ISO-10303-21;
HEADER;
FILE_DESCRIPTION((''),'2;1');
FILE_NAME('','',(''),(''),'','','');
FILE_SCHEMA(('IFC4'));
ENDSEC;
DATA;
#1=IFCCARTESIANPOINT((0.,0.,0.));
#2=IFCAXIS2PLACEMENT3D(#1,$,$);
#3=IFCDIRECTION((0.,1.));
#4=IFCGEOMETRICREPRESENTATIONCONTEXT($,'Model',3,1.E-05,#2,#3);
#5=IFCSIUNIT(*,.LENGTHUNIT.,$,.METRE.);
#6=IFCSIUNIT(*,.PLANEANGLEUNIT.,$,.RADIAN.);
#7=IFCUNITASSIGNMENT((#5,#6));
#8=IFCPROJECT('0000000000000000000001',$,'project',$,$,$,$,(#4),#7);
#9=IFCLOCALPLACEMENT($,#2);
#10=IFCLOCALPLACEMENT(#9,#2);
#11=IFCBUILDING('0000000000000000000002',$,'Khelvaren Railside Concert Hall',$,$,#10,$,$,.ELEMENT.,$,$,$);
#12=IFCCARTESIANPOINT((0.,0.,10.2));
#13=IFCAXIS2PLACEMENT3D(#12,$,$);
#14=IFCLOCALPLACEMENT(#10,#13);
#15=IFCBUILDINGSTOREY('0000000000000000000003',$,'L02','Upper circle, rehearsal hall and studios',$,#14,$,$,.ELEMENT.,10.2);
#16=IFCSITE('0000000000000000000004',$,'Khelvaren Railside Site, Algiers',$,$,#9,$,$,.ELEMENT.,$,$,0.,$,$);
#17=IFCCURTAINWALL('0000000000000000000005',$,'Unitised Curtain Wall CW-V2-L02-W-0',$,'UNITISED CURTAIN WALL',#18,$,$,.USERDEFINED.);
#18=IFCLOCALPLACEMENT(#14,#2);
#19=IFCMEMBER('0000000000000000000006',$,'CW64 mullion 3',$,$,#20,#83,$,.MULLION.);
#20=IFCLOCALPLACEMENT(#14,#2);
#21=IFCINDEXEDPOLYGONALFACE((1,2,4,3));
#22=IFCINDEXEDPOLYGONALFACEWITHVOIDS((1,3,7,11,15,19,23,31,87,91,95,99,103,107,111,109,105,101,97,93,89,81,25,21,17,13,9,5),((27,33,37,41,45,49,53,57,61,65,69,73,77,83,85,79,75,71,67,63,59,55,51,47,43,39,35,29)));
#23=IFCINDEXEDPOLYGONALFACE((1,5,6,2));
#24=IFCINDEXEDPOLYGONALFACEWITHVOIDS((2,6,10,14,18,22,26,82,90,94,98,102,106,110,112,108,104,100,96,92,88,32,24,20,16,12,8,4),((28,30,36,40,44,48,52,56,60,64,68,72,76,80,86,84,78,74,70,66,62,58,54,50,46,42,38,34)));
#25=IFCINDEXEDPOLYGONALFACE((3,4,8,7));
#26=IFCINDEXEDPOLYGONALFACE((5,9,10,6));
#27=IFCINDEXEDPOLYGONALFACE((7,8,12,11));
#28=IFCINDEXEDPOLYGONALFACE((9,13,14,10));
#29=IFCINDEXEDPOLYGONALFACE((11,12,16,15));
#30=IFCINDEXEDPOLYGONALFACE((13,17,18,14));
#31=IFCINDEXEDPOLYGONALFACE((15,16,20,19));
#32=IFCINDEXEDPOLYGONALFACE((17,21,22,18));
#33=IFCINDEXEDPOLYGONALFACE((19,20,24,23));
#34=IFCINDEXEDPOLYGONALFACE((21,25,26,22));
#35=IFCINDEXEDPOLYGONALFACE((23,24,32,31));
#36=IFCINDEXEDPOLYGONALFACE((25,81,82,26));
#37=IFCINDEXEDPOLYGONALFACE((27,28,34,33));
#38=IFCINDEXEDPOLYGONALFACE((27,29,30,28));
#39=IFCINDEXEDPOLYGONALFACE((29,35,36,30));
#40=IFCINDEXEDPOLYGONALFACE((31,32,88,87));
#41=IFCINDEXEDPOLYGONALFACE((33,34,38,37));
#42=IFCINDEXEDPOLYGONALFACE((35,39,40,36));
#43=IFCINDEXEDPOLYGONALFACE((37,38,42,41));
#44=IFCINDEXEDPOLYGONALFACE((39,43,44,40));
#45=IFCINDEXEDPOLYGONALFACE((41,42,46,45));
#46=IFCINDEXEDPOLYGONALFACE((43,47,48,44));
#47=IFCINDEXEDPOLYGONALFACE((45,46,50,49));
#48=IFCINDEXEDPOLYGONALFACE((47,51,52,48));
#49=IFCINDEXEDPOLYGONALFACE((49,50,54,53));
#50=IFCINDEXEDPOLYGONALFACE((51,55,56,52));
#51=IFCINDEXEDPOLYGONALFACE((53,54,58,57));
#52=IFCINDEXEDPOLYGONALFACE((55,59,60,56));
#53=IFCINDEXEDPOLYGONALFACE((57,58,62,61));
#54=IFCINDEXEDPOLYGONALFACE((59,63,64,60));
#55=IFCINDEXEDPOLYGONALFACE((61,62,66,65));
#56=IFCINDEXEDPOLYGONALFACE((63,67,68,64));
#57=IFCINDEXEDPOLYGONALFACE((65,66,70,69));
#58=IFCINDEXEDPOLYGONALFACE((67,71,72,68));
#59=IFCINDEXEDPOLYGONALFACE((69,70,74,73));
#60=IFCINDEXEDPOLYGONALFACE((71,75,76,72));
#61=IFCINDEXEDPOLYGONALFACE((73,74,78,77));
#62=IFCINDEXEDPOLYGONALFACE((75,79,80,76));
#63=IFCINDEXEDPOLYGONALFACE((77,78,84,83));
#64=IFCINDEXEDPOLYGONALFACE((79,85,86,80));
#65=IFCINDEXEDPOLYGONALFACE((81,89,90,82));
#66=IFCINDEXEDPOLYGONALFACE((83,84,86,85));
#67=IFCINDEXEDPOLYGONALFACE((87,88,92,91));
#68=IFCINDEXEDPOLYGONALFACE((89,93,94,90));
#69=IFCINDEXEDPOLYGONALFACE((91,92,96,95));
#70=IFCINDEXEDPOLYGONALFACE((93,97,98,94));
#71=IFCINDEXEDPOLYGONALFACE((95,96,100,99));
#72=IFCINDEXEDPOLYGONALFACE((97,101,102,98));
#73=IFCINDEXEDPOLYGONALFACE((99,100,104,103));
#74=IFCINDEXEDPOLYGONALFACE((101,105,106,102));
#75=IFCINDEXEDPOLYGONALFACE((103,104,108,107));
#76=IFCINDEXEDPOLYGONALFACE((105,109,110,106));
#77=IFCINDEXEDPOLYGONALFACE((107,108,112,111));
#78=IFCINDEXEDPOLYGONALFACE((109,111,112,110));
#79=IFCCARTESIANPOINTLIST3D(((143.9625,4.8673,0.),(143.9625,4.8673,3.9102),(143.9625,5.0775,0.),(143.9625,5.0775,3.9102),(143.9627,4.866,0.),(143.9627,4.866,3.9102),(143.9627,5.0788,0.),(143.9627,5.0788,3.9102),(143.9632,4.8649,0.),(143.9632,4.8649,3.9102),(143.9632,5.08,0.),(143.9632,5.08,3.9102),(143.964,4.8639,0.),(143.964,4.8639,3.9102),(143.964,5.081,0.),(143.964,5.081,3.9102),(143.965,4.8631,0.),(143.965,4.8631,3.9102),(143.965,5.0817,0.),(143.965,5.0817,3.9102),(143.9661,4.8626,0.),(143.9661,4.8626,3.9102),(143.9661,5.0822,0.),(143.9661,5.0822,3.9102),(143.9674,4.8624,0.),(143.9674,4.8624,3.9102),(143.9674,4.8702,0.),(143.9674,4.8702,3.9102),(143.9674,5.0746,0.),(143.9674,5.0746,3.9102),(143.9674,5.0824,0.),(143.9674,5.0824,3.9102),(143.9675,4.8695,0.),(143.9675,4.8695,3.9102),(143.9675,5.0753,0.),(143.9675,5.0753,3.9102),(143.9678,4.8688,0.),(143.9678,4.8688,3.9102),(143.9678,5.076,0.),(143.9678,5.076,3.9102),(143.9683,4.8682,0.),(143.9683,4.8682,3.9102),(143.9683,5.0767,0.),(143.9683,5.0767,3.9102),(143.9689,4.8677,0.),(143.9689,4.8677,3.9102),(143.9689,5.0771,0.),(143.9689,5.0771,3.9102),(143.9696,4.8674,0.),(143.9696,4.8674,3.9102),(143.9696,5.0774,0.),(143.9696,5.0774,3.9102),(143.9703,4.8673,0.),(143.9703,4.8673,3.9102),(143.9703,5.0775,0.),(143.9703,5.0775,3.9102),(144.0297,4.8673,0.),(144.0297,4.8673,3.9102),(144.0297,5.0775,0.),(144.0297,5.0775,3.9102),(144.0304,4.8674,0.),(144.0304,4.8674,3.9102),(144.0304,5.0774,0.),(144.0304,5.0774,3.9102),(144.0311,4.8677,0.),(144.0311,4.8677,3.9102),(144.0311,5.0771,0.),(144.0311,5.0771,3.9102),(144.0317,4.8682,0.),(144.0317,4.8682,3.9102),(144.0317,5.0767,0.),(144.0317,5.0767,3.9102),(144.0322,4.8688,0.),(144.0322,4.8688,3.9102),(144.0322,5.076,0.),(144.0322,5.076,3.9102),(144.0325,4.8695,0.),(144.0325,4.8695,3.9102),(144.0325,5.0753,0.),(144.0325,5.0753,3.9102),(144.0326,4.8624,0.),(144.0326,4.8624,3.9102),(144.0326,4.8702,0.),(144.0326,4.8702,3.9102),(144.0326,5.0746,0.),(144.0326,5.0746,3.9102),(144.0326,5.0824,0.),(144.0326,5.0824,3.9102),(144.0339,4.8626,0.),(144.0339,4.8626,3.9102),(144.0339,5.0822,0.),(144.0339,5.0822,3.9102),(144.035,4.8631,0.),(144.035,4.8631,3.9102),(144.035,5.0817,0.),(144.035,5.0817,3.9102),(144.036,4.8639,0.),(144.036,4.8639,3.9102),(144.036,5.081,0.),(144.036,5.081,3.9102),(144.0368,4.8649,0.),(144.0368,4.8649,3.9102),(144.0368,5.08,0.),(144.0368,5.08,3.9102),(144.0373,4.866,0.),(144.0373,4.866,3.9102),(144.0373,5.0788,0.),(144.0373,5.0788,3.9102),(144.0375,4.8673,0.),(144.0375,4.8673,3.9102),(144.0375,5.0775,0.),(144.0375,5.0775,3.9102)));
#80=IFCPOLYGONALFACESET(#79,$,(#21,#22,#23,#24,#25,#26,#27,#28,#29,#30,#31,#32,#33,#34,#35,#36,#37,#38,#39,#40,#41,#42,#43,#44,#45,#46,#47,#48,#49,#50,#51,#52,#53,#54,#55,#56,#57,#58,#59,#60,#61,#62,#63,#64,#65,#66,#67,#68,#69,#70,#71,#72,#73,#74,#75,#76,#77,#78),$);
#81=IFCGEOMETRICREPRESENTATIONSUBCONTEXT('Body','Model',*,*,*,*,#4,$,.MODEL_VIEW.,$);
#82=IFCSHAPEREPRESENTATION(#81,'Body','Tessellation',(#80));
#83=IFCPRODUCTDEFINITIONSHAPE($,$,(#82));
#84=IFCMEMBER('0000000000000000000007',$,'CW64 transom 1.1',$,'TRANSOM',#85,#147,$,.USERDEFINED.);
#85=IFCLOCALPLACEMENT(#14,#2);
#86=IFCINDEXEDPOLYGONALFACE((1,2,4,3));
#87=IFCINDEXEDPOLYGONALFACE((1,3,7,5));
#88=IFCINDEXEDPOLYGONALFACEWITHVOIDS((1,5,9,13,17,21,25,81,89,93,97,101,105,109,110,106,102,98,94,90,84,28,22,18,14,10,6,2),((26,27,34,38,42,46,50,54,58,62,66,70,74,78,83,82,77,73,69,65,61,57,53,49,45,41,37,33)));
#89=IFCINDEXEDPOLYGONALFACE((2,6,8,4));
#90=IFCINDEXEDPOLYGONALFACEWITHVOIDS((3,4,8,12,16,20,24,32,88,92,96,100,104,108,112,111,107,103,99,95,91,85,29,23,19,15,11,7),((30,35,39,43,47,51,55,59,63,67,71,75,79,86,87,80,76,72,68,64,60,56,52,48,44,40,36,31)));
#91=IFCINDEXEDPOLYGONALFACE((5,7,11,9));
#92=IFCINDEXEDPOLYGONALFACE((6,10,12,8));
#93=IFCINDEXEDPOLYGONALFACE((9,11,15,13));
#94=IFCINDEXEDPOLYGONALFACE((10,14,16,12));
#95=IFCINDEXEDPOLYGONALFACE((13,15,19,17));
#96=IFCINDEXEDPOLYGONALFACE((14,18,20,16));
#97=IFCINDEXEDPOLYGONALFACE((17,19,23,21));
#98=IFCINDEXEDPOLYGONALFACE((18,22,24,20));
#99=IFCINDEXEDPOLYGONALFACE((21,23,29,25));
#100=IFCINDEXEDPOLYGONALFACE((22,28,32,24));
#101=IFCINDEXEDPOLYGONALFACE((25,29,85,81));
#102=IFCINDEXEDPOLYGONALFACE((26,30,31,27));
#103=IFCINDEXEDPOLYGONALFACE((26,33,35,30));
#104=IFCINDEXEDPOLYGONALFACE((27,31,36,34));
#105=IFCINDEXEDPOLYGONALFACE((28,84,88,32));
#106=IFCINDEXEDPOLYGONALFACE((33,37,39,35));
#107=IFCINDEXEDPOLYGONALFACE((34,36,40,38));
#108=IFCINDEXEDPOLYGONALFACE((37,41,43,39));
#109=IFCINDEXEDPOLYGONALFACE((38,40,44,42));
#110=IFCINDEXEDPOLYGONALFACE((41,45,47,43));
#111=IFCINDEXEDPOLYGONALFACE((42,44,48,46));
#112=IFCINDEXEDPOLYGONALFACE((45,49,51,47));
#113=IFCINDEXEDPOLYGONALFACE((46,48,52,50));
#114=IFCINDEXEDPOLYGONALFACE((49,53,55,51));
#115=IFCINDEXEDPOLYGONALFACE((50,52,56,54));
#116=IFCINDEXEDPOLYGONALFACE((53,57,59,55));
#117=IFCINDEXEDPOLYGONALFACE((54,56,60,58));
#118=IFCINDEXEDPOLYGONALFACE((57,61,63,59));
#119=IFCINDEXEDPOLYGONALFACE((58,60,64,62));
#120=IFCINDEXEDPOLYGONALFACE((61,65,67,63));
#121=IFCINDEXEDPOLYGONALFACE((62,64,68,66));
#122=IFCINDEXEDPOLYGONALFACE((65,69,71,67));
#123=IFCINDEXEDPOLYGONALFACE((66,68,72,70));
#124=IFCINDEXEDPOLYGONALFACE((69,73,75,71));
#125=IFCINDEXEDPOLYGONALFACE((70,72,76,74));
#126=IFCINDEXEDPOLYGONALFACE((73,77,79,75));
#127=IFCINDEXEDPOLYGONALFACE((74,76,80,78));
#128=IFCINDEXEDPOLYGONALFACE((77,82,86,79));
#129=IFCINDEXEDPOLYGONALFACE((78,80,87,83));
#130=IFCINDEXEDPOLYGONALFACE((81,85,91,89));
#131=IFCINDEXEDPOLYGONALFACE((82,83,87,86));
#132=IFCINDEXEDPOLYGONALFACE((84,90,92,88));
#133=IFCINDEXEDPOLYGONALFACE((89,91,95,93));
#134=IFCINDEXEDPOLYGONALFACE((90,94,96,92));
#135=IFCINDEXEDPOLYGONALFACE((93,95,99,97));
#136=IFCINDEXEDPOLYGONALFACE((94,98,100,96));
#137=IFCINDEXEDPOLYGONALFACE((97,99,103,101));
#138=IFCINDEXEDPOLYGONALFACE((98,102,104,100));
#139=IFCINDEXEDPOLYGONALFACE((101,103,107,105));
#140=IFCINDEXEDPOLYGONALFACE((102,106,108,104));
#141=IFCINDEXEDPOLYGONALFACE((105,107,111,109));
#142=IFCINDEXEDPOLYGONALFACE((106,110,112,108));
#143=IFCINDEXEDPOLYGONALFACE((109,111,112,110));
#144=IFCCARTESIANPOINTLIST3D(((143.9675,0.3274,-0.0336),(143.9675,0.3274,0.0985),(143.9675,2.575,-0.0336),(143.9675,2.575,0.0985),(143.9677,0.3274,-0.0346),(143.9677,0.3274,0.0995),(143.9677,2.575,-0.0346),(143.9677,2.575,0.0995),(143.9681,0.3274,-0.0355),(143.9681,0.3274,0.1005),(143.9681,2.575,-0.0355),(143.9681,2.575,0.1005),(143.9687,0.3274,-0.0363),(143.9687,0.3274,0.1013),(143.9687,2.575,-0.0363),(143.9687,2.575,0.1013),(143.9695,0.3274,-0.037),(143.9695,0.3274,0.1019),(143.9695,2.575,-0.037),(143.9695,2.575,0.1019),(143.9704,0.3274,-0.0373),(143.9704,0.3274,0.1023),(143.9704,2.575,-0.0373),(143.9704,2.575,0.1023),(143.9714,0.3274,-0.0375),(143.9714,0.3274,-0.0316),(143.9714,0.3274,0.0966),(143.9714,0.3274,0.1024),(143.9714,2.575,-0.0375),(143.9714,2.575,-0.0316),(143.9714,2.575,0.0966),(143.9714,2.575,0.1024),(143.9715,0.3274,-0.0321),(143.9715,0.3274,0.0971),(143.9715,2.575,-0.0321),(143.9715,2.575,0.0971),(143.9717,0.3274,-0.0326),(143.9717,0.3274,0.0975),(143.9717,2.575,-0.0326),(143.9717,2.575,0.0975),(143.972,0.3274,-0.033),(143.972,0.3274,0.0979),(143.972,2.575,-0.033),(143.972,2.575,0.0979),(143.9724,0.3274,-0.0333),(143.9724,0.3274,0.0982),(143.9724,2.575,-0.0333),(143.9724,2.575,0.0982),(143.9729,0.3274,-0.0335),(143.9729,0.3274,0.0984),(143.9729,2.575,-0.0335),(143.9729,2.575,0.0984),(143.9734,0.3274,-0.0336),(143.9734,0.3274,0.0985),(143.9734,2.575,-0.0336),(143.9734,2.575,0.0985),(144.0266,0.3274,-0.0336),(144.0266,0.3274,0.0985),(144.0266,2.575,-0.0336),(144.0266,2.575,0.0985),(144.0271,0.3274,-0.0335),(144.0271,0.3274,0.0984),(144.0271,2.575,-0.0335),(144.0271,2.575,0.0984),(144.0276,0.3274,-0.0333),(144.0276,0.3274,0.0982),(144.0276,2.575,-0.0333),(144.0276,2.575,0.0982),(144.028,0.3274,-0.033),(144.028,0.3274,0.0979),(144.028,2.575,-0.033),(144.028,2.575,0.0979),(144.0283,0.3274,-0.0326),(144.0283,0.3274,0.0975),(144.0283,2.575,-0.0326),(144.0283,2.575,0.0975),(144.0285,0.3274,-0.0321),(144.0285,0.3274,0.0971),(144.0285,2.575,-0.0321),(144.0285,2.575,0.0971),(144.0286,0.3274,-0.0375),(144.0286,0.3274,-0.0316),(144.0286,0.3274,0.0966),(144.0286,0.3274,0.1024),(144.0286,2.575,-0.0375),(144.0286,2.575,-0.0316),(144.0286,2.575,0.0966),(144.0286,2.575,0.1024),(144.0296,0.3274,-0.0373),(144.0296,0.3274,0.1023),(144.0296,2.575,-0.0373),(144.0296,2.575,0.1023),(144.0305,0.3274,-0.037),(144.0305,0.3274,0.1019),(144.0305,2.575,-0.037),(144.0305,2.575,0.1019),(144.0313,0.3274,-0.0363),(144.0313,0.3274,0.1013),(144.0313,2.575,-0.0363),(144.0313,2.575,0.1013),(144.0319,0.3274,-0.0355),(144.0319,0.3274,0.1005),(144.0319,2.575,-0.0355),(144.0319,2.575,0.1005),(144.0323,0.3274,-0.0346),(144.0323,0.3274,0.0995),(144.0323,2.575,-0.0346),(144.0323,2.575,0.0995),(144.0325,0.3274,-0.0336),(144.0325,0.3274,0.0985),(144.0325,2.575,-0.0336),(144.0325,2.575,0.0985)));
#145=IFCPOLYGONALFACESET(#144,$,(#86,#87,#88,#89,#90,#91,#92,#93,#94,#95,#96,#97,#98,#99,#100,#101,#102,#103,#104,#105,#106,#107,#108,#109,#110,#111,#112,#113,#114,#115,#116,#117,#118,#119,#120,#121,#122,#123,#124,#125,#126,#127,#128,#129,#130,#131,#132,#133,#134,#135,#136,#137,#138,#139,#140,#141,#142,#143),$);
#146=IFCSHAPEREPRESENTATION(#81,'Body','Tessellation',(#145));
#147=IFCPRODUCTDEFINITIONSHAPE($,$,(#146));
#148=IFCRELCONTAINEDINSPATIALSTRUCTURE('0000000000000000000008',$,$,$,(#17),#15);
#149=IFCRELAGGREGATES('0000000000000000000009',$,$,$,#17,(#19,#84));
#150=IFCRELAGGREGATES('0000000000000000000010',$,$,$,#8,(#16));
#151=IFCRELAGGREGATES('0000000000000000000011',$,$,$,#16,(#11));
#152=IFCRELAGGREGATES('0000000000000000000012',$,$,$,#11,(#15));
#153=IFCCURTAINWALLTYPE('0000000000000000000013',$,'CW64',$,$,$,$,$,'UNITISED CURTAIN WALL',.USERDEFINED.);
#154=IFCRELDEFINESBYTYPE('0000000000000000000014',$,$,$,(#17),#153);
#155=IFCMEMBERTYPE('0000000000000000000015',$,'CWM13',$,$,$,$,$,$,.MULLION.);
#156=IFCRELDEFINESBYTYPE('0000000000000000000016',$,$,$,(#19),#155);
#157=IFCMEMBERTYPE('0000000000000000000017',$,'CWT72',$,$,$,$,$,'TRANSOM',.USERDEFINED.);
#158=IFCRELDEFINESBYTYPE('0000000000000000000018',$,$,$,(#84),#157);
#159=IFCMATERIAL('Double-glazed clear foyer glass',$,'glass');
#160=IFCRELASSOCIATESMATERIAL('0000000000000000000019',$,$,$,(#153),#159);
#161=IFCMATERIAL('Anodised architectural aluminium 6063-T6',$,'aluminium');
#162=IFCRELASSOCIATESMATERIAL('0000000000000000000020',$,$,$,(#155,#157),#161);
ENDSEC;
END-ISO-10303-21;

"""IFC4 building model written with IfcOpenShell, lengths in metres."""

from ifc_helpers import new_model, si_unit, direction, frame, origin, origin_2d, place, context, subcontext, project, spatial, hollow_rectangle, extrude, material, material_profile, profile_set, type_object, element, aggregate, save


model = new_model("IFC4")

# Units and contexts
model_context = context("Model", 3, precision=1e-05, world=origin(), true_north=direction((0.0, 1.0)))
body_context = subcontext(model_context, "Body", "Model", "MODEL_VIEW")
ifc_project = project(units=[si_unit("LENGTHUNIT", "METRE"), si_unit("PLANEANGLEUNIT", "RADIAN")], contexts=[model_context])

# Site, building, storey
site_placement = place(None, origin())
site = spatial("IfcSite", under=ifc_project, at=site_placement, Name="Khelvaren Railside Site, Algiers", CompositionType="ELEMENT", RefElevation=0.0)
building_placement = place(site_placement, origin())
building = spatial("IfcBuilding", under=site, at=building_placement, Name="Khelvaren Railside Concert Hall", CompositionType="ELEMENT")
storey_placement = place(building_placement, frame((0.0, 0.0, 10.2)))
storey = spatial("IfcBuildingStorey", under=building, at=storey_placement, Name="L02", Description="Upper circle, rehearsal hall and studios", CompositionType="ELEMENT", Elevation=10.2)

# Curtain wall, members
ifc_material_1 = material(Name="Double-glazed clear foyer glass", Category="glass")
curtain_wall_type = type_object("IfcCurtainWallType", Name="CW64", ElementType="UNITISED CURTAIN WALL", PredefinedType="USERDEFINED", material=ifc_material_1)
curtain_wall_placement = place(storey_placement, origin())
curtain_wall = element("IfcCurtainWall", 1, at=curtain_wall_placement, inside=storey, type_object=curtain_wall_type, Name="Unitised Curtain Wall CW-V2-L02-W-0", ObjectType="UNITISED CURTAIN WALL", PredefinedType="USERDEFINED")
ifc_material_2 = material(Name="Anodised architectural aluminium 6063-T6", Category="aluminium")
ifc_material_profile_1 = material_profile(ifc_material_2, hollow_rectangle(XDim=0.075, YDim=0.22, WallThickness=0.0049, InnerFilletRadius=0.0029, OuterFilletRadius=0.0049, at=origin_2d()), Name="CWM 75x220x5")
ifc_profile_set_1 = profile_set([ifc_material_profile_1], Name="Anodised architectural aluminium 6063-T6")
member_type_1 = type_object("IfcMemberType", Name="CWM13", PredefinedType="MULLION", material=ifc_profile_set_1)
member_1_placement = place(storey_placement, frame((144.0, 4.9724, 0.0), z_axis=(0.0, 0.0, 1.0), x_axis=(-1.0, 0.0, 0.0)))
member_1 = element("IfcMember", 2, at=member_1_placement, type_object=member_type_1, Name="CW64 mullion 3", PredefinedType="MULLION", context=body_context, shape_type="SweptSolid", body=[
    extrude(hollow_rectangle(XDim=0.075, YDim=0.22, WallThickness=0.0049, InnerFilletRadius=0.0029, OuterFilletRadius=0.0049, at=origin_2d()), origin(), (0.0, 0.0, 1.0), 3.9102),
])
ifc_material_profile_2 = material_profile(ifc_material_2, hollow_rectangle(XDim=0.0649, YDim=0.1399, WallThickness=0.0039, InnerFilletRadius=0.002, OuterFilletRadius=0.0039, at=origin_2d()), Name="CWT 65x140x4")
ifc_profile_set_2 = profile_set([ifc_material_profile_2], Name="Anodised architectural aluminium 6063-T6")
member_type_2 = type_object("IfcMemberType", Name="CWT72", ElementType="TRANSOM", PredefinedType="USERDEFINED", material=ifc_profile_set_2)
member_2_placement = place(storey_placement, frame((144.0, 0.3274, 0.0325), z_axis=(0.0, 1.0, 0.0), x_axis=(-1.0, 0.0, 0.0)))
member_2 = element("IfcMember", 3, at=member_2_placement, type_object=member_type_2, Name="CW64 transom 1.1", ObjectType="TRANSOM", PredefinedType="USERDEFINED", context=body_context, shape_type="SweptSolid", body=[
    extrude(hollow_rectangle(XDim=0.0649, YDim=0.1399, WallThickness=0.0039, InnerFilletRadius=0.002, OuterFilletRadius=0.0039, at=origin_2d()), origin(), (0.0, 0.0, 1.0), 2.2476),
])

aggregate(curtain_wall, [member_1, member_2])

save(model, "model.ifc")
